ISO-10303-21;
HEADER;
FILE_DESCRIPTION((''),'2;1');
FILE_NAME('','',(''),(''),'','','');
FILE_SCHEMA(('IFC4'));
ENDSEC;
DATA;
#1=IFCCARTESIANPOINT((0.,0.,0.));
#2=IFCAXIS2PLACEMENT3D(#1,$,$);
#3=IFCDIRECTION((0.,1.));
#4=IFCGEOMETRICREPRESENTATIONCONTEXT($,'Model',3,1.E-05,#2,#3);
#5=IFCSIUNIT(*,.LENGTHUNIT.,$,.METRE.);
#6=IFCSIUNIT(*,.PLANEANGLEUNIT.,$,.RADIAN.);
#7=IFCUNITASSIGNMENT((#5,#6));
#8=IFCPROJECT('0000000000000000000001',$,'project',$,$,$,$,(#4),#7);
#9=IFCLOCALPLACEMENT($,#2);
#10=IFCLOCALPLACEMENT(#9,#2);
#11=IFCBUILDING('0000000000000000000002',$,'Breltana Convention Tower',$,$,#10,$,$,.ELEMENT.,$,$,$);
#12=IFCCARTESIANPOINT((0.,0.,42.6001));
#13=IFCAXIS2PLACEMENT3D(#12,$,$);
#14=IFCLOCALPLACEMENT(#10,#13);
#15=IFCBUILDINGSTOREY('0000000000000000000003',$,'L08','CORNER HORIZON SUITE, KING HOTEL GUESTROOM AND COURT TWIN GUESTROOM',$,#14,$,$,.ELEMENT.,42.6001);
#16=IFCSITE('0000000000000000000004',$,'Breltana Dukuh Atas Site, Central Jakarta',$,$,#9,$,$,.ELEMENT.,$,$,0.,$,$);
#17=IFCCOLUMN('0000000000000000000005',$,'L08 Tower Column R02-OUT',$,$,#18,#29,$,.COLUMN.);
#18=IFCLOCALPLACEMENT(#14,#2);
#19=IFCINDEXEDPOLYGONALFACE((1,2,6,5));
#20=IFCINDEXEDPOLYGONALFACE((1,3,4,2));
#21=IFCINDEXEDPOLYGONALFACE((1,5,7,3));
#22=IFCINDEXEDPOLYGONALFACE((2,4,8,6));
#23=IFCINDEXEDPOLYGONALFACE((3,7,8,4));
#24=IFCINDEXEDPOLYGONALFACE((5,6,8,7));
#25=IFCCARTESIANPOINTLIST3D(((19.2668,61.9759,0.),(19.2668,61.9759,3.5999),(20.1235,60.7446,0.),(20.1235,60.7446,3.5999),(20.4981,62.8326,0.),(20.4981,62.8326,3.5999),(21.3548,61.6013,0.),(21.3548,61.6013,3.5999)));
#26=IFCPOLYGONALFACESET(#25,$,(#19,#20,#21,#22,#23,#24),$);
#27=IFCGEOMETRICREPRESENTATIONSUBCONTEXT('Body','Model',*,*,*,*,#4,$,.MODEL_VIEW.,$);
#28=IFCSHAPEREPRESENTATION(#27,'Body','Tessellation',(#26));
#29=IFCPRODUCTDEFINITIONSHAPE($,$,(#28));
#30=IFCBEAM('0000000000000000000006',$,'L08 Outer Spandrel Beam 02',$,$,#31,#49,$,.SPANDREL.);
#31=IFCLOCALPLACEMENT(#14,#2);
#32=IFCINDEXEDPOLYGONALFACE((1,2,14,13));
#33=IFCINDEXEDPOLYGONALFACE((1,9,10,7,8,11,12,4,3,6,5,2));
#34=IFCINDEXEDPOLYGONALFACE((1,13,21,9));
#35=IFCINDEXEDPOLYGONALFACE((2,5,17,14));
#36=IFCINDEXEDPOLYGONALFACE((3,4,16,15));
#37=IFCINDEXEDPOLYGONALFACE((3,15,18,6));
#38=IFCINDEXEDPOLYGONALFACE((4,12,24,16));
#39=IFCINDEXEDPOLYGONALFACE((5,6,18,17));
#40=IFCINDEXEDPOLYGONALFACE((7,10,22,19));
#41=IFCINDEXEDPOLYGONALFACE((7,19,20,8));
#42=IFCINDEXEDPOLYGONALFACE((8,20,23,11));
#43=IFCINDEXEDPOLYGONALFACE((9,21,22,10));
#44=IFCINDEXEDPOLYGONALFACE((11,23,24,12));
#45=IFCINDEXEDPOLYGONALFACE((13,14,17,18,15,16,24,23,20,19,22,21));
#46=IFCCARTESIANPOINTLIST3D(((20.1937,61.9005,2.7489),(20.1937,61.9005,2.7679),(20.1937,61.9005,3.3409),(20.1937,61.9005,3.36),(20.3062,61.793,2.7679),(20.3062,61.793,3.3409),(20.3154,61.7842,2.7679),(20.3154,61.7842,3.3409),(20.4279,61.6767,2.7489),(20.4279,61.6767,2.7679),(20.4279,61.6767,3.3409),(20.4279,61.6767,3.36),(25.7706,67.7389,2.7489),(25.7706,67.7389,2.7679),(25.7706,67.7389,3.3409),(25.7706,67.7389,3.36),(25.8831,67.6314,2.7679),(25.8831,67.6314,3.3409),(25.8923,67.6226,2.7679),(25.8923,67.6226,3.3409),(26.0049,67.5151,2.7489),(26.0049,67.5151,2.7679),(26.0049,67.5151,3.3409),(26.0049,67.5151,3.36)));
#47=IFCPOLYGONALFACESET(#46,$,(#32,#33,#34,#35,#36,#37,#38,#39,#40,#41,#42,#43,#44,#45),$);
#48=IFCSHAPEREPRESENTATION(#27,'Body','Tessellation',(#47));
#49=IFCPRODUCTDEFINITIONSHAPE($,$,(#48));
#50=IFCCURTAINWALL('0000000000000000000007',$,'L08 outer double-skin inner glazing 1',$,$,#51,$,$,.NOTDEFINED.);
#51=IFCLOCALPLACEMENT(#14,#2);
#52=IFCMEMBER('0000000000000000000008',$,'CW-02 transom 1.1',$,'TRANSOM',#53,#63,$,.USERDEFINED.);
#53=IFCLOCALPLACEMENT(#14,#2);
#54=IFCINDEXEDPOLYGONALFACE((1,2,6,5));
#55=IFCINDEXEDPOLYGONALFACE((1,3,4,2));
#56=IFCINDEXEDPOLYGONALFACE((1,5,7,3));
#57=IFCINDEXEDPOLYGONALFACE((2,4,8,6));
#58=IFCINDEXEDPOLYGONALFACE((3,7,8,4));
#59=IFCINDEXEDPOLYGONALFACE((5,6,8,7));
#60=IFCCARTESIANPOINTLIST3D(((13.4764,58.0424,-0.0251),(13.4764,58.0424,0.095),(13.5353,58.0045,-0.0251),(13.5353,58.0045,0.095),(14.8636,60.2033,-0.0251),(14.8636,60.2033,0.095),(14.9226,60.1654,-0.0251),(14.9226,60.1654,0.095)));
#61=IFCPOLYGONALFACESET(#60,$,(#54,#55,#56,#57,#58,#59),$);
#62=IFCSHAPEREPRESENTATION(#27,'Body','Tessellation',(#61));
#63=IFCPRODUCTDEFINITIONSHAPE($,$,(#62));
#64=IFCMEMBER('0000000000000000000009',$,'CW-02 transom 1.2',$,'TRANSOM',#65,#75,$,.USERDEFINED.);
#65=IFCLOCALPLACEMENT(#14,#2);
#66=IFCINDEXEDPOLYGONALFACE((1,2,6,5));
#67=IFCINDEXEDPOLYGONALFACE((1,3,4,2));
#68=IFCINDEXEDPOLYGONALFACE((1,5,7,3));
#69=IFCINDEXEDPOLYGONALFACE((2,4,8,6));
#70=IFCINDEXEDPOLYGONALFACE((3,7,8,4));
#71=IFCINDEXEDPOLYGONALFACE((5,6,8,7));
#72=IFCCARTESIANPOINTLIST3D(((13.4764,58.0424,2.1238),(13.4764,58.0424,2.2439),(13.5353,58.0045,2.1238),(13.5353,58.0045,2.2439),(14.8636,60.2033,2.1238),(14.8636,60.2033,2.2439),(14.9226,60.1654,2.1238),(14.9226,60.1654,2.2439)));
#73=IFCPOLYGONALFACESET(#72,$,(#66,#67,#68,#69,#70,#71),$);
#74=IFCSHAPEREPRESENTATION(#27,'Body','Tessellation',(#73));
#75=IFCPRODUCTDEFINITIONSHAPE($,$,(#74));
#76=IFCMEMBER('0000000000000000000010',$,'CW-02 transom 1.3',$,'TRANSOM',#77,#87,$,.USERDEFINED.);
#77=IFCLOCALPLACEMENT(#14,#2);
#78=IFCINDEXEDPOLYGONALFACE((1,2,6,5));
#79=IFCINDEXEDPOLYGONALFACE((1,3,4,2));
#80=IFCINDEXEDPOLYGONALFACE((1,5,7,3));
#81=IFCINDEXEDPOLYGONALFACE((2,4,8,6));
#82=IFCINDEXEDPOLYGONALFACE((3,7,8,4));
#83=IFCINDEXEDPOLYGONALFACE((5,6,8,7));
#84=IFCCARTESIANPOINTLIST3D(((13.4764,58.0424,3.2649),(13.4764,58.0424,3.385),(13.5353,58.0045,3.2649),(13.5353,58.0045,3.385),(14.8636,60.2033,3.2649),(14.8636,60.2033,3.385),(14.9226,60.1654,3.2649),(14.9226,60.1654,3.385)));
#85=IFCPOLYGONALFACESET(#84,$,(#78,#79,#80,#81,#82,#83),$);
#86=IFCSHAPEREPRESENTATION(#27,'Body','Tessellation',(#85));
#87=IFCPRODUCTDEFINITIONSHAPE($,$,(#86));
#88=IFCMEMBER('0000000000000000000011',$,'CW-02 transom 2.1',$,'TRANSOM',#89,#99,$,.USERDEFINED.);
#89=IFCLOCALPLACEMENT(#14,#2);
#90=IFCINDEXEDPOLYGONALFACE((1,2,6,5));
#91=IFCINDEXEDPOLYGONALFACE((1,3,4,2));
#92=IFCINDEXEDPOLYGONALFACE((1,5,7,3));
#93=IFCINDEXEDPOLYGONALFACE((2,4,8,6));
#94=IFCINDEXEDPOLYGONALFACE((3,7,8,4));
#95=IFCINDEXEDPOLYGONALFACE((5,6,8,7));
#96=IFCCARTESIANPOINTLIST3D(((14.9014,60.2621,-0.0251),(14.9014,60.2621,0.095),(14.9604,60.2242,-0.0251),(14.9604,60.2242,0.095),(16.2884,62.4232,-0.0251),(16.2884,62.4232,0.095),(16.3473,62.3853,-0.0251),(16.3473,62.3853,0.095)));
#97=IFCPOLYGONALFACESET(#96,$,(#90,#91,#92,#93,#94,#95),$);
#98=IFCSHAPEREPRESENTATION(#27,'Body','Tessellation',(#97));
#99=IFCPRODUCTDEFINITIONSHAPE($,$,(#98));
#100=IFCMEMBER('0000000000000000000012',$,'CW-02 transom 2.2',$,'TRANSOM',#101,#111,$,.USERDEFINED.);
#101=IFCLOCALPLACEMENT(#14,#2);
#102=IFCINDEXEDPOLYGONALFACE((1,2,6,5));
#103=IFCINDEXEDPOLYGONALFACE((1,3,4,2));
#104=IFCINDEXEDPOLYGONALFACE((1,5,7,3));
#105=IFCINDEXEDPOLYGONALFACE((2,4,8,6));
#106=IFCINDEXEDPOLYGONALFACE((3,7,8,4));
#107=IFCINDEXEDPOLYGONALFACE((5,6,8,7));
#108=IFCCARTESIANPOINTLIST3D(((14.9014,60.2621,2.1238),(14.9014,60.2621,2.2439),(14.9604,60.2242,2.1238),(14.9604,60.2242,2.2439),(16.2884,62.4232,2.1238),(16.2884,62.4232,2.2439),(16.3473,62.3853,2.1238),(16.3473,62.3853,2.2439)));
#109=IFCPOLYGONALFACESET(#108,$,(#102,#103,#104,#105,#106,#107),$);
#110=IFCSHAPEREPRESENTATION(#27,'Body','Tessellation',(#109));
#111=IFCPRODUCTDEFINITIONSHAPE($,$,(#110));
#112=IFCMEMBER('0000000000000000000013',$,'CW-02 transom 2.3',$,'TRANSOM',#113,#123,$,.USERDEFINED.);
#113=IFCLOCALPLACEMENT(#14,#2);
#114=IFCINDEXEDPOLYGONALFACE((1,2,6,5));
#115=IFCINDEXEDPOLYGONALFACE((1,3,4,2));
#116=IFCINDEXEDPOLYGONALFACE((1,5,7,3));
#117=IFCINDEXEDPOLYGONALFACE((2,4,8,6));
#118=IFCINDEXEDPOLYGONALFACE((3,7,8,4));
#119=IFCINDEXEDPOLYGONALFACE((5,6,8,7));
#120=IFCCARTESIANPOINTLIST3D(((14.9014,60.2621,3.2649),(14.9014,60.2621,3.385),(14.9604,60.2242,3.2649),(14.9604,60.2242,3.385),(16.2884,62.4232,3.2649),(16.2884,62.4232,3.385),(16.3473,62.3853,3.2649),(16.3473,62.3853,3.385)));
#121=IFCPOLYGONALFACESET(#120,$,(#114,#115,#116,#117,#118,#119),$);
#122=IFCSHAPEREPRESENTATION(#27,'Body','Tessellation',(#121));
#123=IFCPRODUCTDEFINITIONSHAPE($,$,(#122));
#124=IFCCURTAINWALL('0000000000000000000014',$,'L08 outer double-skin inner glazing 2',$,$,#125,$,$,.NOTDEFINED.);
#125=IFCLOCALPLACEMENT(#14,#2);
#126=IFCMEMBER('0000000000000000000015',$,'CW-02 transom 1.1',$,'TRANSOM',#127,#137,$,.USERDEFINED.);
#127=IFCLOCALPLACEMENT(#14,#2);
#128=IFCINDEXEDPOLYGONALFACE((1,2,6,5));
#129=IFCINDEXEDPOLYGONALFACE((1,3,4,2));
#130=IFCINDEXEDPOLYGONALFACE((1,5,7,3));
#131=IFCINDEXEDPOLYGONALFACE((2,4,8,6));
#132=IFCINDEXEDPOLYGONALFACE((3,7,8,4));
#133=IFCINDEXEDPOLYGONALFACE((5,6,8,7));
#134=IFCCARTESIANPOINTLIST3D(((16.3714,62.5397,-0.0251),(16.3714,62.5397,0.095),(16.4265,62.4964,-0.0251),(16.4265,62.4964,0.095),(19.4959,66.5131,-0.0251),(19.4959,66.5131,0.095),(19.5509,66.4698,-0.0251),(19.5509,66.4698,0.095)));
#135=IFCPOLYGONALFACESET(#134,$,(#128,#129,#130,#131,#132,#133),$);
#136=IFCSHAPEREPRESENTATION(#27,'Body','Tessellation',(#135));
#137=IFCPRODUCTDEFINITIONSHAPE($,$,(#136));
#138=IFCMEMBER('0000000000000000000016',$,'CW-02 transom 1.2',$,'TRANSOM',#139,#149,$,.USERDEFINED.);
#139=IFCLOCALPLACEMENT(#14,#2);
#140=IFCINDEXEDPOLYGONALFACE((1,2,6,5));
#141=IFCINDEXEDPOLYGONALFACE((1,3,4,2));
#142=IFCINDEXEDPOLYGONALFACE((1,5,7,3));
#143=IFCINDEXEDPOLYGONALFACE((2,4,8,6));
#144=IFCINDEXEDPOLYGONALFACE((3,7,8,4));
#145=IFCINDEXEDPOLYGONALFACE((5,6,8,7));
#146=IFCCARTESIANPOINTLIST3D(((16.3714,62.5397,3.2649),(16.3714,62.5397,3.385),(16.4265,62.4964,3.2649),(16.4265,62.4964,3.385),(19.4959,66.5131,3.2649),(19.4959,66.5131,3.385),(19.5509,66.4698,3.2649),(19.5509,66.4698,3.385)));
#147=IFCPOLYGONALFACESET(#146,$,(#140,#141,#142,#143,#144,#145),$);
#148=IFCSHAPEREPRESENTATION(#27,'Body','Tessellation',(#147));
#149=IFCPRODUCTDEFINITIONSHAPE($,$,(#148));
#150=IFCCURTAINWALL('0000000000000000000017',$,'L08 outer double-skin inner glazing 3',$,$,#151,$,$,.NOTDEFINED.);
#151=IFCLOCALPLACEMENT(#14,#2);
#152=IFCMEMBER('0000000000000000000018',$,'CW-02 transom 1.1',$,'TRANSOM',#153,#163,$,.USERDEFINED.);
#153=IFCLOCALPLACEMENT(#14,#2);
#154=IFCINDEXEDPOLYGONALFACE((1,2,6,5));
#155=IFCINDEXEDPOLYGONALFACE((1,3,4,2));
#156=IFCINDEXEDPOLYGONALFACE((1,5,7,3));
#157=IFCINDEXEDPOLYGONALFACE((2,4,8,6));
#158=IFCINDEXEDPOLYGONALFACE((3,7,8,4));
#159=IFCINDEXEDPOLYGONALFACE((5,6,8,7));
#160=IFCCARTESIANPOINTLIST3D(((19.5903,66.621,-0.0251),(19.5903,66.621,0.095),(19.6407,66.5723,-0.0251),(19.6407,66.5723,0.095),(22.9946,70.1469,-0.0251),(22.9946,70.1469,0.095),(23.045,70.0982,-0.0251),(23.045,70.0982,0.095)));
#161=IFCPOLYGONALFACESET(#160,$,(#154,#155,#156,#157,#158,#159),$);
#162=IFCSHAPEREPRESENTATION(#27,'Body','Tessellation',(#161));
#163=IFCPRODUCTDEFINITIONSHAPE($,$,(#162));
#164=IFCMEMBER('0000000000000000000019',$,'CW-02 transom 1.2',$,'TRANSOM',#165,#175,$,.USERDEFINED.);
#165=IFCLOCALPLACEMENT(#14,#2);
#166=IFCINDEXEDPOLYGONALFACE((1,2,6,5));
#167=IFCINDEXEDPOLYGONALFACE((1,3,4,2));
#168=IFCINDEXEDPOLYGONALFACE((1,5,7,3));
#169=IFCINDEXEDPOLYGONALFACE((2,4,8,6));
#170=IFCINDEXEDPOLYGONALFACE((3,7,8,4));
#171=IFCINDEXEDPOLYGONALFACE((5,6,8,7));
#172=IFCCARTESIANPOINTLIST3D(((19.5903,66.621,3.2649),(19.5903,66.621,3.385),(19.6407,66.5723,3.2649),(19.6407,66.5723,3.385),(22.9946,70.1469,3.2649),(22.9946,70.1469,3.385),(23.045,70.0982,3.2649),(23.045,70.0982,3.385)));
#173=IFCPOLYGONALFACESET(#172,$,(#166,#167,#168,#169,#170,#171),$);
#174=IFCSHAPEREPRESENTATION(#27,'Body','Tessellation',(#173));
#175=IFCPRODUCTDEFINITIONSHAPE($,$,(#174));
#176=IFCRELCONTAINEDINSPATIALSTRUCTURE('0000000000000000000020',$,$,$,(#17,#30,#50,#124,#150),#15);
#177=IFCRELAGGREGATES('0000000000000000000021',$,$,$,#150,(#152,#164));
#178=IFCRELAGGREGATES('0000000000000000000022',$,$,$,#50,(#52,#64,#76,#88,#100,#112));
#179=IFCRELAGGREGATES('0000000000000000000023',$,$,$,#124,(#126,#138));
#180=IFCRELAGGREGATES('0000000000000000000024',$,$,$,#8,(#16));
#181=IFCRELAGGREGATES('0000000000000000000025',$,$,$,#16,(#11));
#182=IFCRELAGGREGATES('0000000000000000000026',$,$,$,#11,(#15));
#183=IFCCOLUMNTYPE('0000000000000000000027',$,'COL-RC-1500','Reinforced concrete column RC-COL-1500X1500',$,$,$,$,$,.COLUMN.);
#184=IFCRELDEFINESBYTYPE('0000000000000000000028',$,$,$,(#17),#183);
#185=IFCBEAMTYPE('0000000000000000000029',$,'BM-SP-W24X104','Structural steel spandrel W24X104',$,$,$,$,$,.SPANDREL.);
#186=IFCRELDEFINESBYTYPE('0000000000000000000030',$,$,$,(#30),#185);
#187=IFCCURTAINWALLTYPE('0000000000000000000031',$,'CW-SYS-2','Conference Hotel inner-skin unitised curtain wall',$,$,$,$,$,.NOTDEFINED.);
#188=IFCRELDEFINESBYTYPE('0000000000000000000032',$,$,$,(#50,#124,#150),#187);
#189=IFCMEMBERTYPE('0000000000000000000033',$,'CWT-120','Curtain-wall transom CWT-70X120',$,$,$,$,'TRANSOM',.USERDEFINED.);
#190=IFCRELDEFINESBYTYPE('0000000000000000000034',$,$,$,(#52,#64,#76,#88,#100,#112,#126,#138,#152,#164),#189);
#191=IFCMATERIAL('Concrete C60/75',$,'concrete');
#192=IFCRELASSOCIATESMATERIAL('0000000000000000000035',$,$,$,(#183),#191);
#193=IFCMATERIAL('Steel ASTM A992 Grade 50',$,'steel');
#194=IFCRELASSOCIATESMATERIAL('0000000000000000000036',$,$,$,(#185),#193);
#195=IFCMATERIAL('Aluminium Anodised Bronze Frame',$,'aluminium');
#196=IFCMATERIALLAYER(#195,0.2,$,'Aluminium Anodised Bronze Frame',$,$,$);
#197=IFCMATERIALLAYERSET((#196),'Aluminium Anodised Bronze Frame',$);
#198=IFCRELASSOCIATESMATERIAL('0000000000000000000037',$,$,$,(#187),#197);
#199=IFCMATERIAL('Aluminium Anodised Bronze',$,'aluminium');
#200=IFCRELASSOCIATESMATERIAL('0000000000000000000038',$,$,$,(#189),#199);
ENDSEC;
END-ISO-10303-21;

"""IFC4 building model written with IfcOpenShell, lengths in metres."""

from ifc_helpers import new_model, si_unit, direction, frame, origin, origin_2d, place, context, subcontext, project, spatial, rectangle, i_section, extrude, source, transform, mapped, material, layer, layer_set, material_profile, profile_set, type_object, type_shapes, element, aggregate, save


model = new_model("IFC4")

# Units and contexts
model_context = context("Model", 3, precision=1e-05, world=origin(), true_north=direction((0.0, 1.0)))
body_context = subcontext(model_context, "Body", "Model", "MODEL_VIEW")
ifc_project = project(units=[si_unit("LENGTHUNIT", "METRE"), si_unit("PLANEANGLEUNIT", "RADIAN")], contexts=[model_context])

# Site, building, storey
site_placement = place(None, origin())
site = spatial("IfcSite", under=ifc_project, at=site_placement, Name="Breltana Dukuh Atas Site, Central Jakarta", CompositionType="ELEMENT", RefElevation=0.0)
building_placement = place(site_placement, origin())
building = spatial("IfcBuilding", under=site, at=building_placement, Name="Breltana Convention Tower", CompositionType="ELEMENT")
storey_placement = place(building_placement, frame((0.0, 0.0, 42.6001)))
storey = spatial("IfcBuildingStorey", under=building, at=storey_placement, Name="L08", Description="CORNER HORIZON SUITE, KING HOTEL GUESTROOM AND COURT TWIN GUESTROOM", CompositionType="ELEMENT", Elevation=42.6001)

# Column
ifc_material_1 = material(Name="Concrete C60/75", Category="concrete")
ifc_material_profile_1 = material_profile(ifc_material_1, rectangle(XDim=1.5, YDim=1.5, at=origin_2d()), Name="RC-COL-1500X1500")
ifc_profile_set_1 = profile_set([ifc_material_profile_1], Name="Concrete C60/75")
column_type = type_object("IfcColumnType", Name="COL-RC-1500", Description="Reinforced concrete column RC-COL-1500X1500", PredefinedType="COLUMN", material=ifc_profile_set_1)
shared_shape_1 = source(origin(), body_context, "Body", "SweptSolid", [
    extrude(rectangle(XDim=1.5, YDim=1.5, at=origin_2d()), origin(), (0.0, 0.0, 1.0), 3.5999),
])
column_placement = place(storey_placement, frame((20.3108, 61.7886, 0.0), z_axis=(0.0, 0.0, 1.0), x_axis=(-0.571143, 0.82085, 0.0)))
element("IfcColumn", 1, at=column_placement, inside=storey, type_object=column_type, Name="L08 Tower Column R02-OUT", PredefinedType="COLUMN", context=body_context, shape_type="MappedRepresentation", body=[
    mapped(shared_shape_1, transform((0.0, 0.0, 0.0), scale=1.0)),
])

# Beam
ifc_material_2 = material(Name="Steel ASTM A992 Grade 50", Category="steel")
ifc_material_profile_2 = material_profile(ifc_material_2, i_section(OverallWidth=0.324, OverallDepth=0.6111, WebThickness=0.0127, FlangeThickness=0.019, at=origin_2d()), Name="W24X104")
ifc_profile_set_2 = profile_set([ifc_material_profile_2], Name="Steel ASTM A992 Grade 50")
beam_type = type_object("IfcBeamType", Name="BM-SP-W24X104", Description="Structural steel spandrel W24X104", PredefinedType="SPANDREL", material=ifc_profile_set_2)
shared_shape_2 = source(origin(), body_context, "Body", "SweptSolid", [
    extrude(i_section(OverallWidth=0.324, OverallDepth=0.6111, WebThickness=0.0127, FlangeThickness=0.019, at=origin_2d()), origin(), (0.0, 0.0, 1.0), 8.074),
])
beam_placement = place(storey_placement, frame((20.3108, 61.7886, 3.0544), z_axis=(0.690729, 0.723114, 0.0), x_axis=(-0.723114, 0.690729, 0.0)))
element("IfcBeam", 2, at=beam_placement, inside=storey, type_object=beam_type, Name="L08 Outer Spandrel Beam 02", PredefinedType="SPANDREL", context=body_context, shape_type="MappedRepresentation", body=[
    mapped(shared_shape_2, transform((0.0, 0.0, 0.0), scale=1.0)),
])

# Curtain walls, members
ifc_material_3 = material(Name="Aluminium Anodised Bronze Frame", Category="aluminium")
ifc_layer_1 = layer(ifc_material_3, 0.2, Name="Aluminium Anodised Bronze Frame")
ifc_layer_set_1 = layer_set([ifc_layer_1], Name="Aluminium Anodised Bronze Frame")
curtain_wall_type = type_object("IfcCurtainWallType", Name="CW-SYS-2", Description="Conference Hotel inner-skin unitised curtain wall", PredefinedType="NOTDEFINED", material=ifc_layer_set_1)
curtain_wall_1_placement = place(storey_placement, origin())
curtain_wall_1 = element("IfcCurtainWall", 3, at=curtain_wall_1_placement, inside=storey, type_object=curtain_wall_type, Name="L08 outer double-skin inner glazing 1", PredefinedType="NOTDEFINED")
ifc_material_4 = material(Name="Aluminium Anodised Bronze", Category="aluminium")
ifc_material_profile_3 = material_profile(ifc_material_4, rectangle(XDim=0.0701, YDim=0.1201, at=origin_2d()), Name="CWT-70X120")
ifc_profile_set_3 = profile_set([ifc_material_profile_3], Name="Aluminium Anodised Bronze")
member_type_1 = type_object("IfcMemberType", Name="CWT-120", Description="Curtain-wall transom CWT-70X120", ElementType="TRANSOM", PredefinedType="USERDEFINED", material=ifc_profile_set_3)
shared_shape_3 = source(origin(), body_context, "Body", "SweptSolid", [
    extrude(rectangle(XDim=0.0701, YDim=0.1201, at=origin_2d()), origin(), (0.0, 0.0, 1.0), 2.5679),
])
type_shapes(member_type_1, [shared_shape_3])
member_1_placement = place(storey_placement, frame((13.5059, 58.0234, 0.0349), z_axis=(0.540224, 0.841521, 0.0), x_axis=(-0.841521, 0.540224, 0.0)))
member_1 = element("IfcMember", 4, at=member_1_placement, type_object=member_type_1, Name="CW-02 transom 1.1", ObjectType="TRANSOM", PredefinedType="USERDEFINED", context=body_context, shape_type="MappedRepresentation", body=[
    mapped(shared_shape_3, transform((0.0, 0.0, 0.0), scale=1.0)),
])
member_2_placement = place(storey_placement, frame((13.5059, 58.0234, 2.1838), z_axis=(0.540224, 0.841521, 0.0), x_axis=(-0.841521, 0.540224, 0.0)))
member_2 = element("IfcMember", 5, at=member_2_placement, type_object=member_type_1, Name="CW-02 transom 1.2", ObjectType="TRANSOM", PredefinedType="USERDEFINED", context=body_context, shape_type="MappedRepresentation", body=[
    mapped(shared_shape_3, transform((0.0, 0.0, 0.0), scale=1.0)),
])
member_3_placement = place(storey_placement, frame((13.5059, 58.0234, 3.325), z_axis=(0.540224, 0.841521, 0.0), x_axis=(-0.841521, 0.540224, 0.0)))
member_3 = element("IfcMember", 6, at=member_3_placement, type_object=member_type_1, Name="CW-02 transom 1.3", ObjectType="TRANSOM", PredefinedType="USERDEFINED", context=body_context, shape_type="MappedRepresentation", body=[
    mapped(shared_shape_3, transform((0.0, 0.0, 0.0), scale=1.0)),
])
member_4_placement = place(storey_placement, frame((14.9309, 60.2432, 0.0349), z_axis=(0.540114, 0.841592, 0.0), x_axis=(-0.841592, 0.540114, 0.0)))
member_4 = element("IfcMember", 7, at=member_4_placement, type_object=member_type_1, Name="CW-02 transom 2.1", ObjectType="TRANSOM", PredefinedType="USERDEFINED", context=body_context, shape_type="MappedRepresentation", body=[
    mapped(shared_shape_3, transform((0.0, 0.0, 0.0), scale=1.0)),
])
member_5_placement = place(storey_placement, frame((14.9309, 60.2432, 2.1838), z_axis=(0.540114, 0.841592, 0.0), x_axis=(-0.841592, 0.540114, 0.0)))
member_5 = element("IfcMember", 8, at=member_5_placement, type_object=member_type_1, Name="CW-02 transom 2.2", ObjectType="TRANSOM", PredefinedType="USERDEFINED", context=body_context, shape_type="MappedRepresentation", body=[
    mapped(shared_shape_3, transform((0.0, 0.0, 0.0), scale=1.0)),
])
member_6_placement = place(storey_placement, frame((14.9309, 60.2432, 3.325), z_axis=(0.540114, 0.841592, 0.0), x_axis=(-0.841592, 0.540114, 0.0)))
member_6 = element("IfcMember", 9, at=member_6_placement, type_object=member_type_1, Name="CW-02 transom 2.3", ObjectType="TRANSOM", PredefinedType="USERDEFINED", context=body_context, shape_type="MappedRepresentation", body=[
    mapped(shared_shape_3, transform((0.0, 0.0, 0.0), scale=1.0)),
])
curtain_wall_2_placement = place(storey_placement, origin())
curtain_wall_2 = element("IfcCurtainWall", 10, at=curtain_wall_2_placement, inside=storey, type_object=curtain_wall_type, Name="L08 outer double-skin inner glazing 2", PredefinedType="NOTDEFINED")
shared_shape_4 = source(origin(), body_context, "Body", "SweptSolid", [
    extrude(rectangle(XDim=0.0701, YDim=0.1201, at=origin_2d()), origin(), (0.0, 0.0, 1.0), 5.0547),
])
member_7_placement = place(storey_placement, frame((16.3989, 62.5181, 0.0349), z_axis=(0.618135, 0.786072, 0.0), x_axis=(-0.786072, 0.618135, 0.0)))
member_7 = element("IfcMember", 11, at=member_7_placement, type_object=member_type_1, Name="CW-02 transom 1.1", ObjectType="TRANSOM", PredefinedType="USERDEFINED", context=body_context, shape_type="MappedRepresentation", body=[
    mapped(shared_shape_4, transform((0.0, 0.0, 0.0), scale=1.0)),
])
member_8_placement = place(storey_placement, frame((16.3989, 62.5181, 3.325), z_axis=(0.618135, 0.786072, 0.0), x_axis=(-0.786072, 0.618135, 0.0)))
member_8 = element("IfcMember", 12, at=member_8_placement, type_object=member_type_1, Name="CW-02 transom 1.2", ObjectType="TRANSOM", PredefinedType="USERDEFINED", context=body_context, shape_type="MappedRepresentation", body=[
    mapped(shared_shape_4, transform((0.0, 0.0, 0.0), scale=1.0)),
])
curtain_wall_3_placement = place(storey_placement, origin())
curtain_wall_3 = element("IfcCurtainWall", 13, at=curtain_wall_3_placement, inside=storey, type_object=curtain_wall_type, Name="L08 outer double-skin inner glazing 3", PredefinedType="NOTDEFINED")
shared_shape_5 = source(origin(), body_context, "Body", "SweptSolid", [
    extrude(rectangle(XDim=0.0701, YDim=0.1201, at=origin_2d()), origin(), (0.0, 0.0, 1.0), 4.9011),
])
member_9_placement = place(storey_placement, frame((19.6155, 66.5967, 0.0349), z_axis=(0.694595, 0.719401, 0.0), x_axis=(-0.719401, 0.694595, 0.0)))
member_9 = element("IfcMember", 14, at=member_9_placement, type_object=member_type_1, Name="CW-02 transom 1.1", ObjectType="TRANSOM", PredefinedType="USERDEFINED", context=body_context, shape_type="MappedRepresentation", body=[
    mapped(shared_shape_5, transform((0.0, 0.0, 0.0), scale=1.0)),
])
member_10_placement = place(storey_placement, frame((19.6155, 66.5967, 3.325), z_axis=(0.694595, 0.719401, 0.0), x_axis=(-0.719401, 0.694595, 0.0)))
member_10 = element("IfcMember", 15, at=member_10_placement, type_object=member_type_1, Name="CW-02 transom 1.2", ObjectType="TRANSOM", PredefinedType="USERDEFINED", context=body_context, shape_type="MappedRepresentation", body=[
    mapped(shared_shape_5, transform((0.0, 0.0, 0.0), scale=1.0)),
])

aggregate(curtain_wall_3, [member_9, member_10])

aggregate(curtain_wall_1, [member_1, member_2, member_3, member_4, member_5, member_6])
aggregate(curtain_wall_2, [member_7, member_8])

save(model, "model.ifc")
